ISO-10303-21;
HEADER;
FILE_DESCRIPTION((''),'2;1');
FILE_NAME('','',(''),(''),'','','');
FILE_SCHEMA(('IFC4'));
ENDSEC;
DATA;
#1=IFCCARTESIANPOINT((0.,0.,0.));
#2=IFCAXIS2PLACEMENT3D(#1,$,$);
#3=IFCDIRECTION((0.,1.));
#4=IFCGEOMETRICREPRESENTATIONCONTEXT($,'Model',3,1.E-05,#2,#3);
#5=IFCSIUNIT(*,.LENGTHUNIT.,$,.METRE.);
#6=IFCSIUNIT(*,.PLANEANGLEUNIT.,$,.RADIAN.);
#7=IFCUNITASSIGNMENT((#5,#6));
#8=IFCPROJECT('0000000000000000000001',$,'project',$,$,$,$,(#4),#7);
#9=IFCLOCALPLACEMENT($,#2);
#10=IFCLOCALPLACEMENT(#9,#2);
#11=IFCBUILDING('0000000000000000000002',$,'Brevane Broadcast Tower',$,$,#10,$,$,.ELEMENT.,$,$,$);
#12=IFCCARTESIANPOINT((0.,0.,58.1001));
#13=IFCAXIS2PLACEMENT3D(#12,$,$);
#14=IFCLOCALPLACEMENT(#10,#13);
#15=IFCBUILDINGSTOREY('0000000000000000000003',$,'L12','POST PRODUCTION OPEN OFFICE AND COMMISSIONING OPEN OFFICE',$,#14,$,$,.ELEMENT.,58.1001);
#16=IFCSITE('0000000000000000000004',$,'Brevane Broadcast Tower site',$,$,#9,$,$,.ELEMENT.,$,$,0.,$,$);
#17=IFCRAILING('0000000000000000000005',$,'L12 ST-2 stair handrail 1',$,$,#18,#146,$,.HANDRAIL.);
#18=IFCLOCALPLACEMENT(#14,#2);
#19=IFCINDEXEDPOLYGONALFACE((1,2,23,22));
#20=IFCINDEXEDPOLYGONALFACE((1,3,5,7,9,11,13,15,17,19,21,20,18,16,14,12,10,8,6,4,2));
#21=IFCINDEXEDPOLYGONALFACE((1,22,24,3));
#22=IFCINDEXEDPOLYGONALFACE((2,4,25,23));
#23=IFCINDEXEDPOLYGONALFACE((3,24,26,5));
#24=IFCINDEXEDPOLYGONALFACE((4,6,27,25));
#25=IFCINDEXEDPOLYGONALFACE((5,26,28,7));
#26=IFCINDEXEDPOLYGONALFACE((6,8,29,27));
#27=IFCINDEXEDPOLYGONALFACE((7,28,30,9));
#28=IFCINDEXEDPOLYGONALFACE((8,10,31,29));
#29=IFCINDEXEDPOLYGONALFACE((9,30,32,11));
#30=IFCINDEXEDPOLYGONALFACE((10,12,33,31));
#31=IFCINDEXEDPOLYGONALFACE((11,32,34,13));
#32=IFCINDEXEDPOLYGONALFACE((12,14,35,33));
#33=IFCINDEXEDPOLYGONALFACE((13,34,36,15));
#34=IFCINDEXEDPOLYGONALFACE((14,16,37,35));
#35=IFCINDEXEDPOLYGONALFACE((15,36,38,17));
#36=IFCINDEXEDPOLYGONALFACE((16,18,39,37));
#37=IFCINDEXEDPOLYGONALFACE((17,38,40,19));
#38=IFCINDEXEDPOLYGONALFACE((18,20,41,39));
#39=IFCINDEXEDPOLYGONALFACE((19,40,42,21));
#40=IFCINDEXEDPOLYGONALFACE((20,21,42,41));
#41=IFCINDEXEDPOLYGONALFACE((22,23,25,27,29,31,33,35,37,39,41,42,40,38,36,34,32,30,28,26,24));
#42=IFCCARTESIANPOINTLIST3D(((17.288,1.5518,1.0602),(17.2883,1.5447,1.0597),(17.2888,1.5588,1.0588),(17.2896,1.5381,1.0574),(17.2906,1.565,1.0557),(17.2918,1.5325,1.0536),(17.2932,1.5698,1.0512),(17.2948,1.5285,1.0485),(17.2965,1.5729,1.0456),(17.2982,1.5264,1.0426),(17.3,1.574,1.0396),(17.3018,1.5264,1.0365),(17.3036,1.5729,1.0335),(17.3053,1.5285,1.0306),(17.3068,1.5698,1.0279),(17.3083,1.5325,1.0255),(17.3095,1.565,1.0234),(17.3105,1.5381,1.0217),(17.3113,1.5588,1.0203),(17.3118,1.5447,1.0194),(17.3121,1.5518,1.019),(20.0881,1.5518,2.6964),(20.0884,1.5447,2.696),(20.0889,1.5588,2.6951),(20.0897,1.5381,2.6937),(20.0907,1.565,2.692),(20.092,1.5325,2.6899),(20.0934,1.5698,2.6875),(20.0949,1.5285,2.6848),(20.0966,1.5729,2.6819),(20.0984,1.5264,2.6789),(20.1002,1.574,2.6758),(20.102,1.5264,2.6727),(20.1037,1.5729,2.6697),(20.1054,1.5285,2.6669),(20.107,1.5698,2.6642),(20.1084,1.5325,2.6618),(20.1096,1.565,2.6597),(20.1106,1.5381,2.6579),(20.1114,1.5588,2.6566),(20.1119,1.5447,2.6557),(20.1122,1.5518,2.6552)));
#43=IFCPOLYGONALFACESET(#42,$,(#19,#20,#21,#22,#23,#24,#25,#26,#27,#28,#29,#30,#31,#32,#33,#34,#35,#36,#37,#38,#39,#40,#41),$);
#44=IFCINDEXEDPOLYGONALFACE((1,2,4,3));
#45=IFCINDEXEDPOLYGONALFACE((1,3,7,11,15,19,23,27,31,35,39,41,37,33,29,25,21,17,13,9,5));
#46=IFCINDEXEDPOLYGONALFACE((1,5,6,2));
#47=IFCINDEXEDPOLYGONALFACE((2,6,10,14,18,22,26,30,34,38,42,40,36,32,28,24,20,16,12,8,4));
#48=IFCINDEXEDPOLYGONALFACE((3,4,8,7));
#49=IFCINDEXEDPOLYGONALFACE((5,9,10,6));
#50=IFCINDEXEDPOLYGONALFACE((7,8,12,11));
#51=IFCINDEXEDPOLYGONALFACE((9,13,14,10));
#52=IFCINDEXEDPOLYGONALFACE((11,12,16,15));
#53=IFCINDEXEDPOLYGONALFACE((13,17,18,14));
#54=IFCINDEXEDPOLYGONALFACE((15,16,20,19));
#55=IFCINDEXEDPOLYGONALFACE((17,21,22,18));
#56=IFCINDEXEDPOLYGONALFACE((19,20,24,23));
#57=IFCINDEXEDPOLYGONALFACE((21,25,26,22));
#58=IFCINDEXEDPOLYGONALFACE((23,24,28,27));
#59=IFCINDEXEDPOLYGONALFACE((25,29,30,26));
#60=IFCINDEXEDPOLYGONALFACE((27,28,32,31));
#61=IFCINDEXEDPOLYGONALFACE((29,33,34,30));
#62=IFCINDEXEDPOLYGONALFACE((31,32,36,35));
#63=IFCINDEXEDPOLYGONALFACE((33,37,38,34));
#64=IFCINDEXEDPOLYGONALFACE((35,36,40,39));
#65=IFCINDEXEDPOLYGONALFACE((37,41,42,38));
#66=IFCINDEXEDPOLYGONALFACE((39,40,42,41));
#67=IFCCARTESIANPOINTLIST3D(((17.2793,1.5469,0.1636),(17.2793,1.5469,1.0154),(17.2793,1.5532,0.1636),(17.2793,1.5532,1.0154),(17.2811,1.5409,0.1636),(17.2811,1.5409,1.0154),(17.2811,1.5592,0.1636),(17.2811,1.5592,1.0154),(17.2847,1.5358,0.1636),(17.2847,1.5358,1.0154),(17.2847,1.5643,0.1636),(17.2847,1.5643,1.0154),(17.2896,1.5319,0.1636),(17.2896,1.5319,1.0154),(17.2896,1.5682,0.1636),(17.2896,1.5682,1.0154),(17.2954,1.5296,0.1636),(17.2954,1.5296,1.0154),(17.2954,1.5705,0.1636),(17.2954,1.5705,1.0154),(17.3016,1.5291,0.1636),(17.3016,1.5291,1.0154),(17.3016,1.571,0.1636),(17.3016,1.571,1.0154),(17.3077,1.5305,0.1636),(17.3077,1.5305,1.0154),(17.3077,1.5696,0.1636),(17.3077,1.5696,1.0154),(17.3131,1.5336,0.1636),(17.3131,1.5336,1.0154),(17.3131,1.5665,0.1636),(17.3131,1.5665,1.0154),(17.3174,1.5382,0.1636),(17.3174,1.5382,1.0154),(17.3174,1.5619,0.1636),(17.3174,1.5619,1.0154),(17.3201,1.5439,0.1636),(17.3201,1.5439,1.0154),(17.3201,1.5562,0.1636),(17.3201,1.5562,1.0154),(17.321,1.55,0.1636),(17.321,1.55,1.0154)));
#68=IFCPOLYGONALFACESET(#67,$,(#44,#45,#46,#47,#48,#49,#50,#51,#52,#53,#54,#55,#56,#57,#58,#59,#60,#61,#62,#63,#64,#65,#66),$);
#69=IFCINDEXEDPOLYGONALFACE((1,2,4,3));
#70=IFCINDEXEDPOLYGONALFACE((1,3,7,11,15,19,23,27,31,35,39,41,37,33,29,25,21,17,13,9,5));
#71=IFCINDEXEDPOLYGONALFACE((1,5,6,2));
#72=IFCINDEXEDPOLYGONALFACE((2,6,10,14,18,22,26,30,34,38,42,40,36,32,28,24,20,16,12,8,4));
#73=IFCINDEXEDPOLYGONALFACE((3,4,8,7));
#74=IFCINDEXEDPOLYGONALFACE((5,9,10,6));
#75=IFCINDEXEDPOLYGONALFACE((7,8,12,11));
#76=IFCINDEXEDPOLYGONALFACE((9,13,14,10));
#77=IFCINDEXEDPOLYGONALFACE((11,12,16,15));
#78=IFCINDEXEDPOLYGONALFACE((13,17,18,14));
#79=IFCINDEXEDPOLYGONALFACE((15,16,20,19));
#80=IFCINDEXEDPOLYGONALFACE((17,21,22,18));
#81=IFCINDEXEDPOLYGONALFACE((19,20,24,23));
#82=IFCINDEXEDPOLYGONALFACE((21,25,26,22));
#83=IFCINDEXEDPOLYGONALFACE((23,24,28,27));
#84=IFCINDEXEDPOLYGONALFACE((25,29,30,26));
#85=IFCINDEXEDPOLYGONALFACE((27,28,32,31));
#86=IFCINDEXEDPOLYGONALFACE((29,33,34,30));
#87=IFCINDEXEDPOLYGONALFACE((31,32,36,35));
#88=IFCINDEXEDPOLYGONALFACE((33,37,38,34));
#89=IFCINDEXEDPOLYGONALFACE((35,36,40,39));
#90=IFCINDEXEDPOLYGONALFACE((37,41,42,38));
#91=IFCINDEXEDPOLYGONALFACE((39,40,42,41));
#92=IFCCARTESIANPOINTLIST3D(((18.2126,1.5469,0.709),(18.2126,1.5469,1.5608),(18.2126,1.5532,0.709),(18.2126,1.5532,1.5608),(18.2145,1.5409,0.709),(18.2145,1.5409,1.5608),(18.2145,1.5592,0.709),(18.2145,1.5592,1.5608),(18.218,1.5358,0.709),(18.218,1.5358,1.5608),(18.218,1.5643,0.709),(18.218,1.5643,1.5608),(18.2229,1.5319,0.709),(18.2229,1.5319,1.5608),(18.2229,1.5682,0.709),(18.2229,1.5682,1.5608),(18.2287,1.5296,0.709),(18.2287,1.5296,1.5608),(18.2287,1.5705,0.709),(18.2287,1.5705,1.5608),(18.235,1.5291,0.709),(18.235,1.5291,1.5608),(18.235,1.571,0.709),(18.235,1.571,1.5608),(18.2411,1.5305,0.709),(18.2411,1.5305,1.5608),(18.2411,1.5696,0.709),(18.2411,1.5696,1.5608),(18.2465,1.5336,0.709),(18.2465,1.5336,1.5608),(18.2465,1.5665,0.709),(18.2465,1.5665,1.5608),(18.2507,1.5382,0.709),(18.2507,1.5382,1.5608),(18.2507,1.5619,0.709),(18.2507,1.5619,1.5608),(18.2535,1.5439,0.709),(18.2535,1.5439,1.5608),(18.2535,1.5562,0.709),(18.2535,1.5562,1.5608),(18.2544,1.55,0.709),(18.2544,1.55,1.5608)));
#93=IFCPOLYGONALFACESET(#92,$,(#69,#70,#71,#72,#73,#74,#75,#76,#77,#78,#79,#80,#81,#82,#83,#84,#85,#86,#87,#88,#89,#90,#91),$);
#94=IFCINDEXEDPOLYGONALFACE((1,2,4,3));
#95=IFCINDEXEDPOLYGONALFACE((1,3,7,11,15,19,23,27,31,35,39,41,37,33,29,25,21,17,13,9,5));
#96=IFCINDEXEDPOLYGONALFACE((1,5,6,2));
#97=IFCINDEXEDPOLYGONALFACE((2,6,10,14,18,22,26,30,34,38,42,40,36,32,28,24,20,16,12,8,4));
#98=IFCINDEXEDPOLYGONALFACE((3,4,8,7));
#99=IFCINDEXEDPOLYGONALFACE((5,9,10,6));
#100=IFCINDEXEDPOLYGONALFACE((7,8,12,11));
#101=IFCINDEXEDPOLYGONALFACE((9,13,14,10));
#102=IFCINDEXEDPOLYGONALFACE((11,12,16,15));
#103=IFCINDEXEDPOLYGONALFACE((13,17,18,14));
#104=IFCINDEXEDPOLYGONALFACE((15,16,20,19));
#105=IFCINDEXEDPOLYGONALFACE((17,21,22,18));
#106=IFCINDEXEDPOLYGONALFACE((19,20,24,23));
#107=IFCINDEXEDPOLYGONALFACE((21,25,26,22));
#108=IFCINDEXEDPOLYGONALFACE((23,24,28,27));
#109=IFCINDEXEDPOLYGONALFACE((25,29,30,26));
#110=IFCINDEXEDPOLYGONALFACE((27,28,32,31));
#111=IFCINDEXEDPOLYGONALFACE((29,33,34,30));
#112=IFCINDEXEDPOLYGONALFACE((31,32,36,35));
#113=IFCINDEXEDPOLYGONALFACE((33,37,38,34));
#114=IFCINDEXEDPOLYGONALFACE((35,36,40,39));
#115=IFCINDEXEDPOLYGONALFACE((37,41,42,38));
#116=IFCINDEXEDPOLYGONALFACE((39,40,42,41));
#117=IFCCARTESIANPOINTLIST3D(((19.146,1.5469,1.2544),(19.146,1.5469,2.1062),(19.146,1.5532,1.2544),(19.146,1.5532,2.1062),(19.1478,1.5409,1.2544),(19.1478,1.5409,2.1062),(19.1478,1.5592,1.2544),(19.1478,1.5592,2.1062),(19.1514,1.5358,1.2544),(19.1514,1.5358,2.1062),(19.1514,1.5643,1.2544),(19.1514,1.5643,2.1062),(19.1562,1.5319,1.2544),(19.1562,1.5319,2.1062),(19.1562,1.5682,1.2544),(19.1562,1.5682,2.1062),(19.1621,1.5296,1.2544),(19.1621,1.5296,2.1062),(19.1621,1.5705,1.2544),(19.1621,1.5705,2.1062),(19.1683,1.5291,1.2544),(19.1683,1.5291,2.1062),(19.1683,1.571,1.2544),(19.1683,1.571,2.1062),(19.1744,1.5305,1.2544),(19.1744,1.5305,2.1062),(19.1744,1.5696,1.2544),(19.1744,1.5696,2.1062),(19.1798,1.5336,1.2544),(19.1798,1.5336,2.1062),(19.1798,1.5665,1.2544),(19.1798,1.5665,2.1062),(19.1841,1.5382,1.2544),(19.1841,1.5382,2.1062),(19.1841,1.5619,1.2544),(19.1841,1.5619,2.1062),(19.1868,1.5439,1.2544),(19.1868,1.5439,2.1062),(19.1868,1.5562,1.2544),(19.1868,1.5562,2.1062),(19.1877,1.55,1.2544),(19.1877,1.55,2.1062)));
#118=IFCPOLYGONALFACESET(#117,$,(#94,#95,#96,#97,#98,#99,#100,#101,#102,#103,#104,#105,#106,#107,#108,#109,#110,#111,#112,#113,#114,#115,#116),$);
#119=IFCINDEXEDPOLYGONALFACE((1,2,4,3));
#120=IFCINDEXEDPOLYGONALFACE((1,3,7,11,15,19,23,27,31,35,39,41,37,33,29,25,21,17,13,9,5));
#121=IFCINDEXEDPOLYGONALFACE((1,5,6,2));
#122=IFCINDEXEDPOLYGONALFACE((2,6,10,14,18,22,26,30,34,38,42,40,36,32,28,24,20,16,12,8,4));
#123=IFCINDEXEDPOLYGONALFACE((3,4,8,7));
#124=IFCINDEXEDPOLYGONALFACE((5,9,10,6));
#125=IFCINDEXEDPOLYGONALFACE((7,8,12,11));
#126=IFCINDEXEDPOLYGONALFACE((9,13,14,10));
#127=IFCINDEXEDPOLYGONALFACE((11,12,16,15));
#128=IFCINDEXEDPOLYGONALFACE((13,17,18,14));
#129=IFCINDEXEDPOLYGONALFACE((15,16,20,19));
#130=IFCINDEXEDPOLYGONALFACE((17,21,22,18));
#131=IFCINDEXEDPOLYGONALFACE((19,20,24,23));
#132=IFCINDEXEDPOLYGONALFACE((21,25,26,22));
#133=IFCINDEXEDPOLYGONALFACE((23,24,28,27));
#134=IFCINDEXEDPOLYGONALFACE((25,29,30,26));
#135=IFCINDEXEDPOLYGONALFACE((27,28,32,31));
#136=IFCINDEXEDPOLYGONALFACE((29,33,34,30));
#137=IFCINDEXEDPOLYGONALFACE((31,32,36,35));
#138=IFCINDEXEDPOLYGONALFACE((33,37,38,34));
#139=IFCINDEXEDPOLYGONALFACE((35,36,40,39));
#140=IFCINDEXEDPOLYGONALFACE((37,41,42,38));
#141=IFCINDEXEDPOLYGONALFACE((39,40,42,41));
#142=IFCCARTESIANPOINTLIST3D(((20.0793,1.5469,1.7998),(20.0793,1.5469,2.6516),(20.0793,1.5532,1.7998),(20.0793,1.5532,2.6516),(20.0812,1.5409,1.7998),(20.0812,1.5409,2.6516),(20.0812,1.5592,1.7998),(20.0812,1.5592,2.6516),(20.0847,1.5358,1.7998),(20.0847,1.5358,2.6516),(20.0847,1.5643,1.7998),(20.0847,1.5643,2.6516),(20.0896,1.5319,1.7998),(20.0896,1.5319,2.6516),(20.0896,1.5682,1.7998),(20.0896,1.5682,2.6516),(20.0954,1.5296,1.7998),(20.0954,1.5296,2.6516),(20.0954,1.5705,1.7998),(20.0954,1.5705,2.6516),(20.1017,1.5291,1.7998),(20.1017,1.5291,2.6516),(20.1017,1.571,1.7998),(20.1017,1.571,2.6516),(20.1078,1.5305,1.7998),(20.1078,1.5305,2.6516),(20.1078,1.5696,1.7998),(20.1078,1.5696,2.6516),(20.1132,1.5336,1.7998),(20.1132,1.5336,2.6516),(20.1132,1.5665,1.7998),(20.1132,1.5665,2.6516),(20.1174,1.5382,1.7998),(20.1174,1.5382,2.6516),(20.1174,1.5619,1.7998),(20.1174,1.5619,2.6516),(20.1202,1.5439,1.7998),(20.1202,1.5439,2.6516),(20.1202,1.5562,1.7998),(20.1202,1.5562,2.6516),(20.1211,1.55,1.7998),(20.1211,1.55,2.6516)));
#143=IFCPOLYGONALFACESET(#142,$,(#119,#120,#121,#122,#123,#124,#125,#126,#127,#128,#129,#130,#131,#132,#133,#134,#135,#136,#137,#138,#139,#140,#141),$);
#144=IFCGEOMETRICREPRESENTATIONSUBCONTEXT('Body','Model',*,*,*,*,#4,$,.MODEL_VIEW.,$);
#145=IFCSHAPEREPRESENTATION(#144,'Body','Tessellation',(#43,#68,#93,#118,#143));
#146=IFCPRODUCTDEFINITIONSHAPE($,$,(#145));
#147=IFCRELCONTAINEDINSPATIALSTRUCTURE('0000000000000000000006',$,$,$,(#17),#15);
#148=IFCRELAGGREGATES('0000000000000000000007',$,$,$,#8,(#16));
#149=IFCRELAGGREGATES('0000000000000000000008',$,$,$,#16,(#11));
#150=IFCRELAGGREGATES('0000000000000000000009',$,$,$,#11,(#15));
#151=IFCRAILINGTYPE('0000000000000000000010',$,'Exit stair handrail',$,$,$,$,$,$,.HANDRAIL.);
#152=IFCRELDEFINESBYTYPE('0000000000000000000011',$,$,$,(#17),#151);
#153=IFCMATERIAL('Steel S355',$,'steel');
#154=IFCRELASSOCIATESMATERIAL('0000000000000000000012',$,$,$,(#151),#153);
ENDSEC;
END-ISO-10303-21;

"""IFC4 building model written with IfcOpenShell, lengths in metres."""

from ifc_helpers import new_model, si_unit, direction, frame, origin, origin_2d, place, context, subcontext, project, spatial, circle, extrude, material, type_object, element, save


model = new_model("IFC4")

# Units and contexts
model_context = context("Model", 3, precision=1e-05, world=origin(), true_north=direction((0.0, 1.0)))
body_context = subcontext(model_context, "Body", "Model", "MODEL_VIEW")
ifc_project = project(units=[si_unit("LENGTHUNIT", "METRE"), si_unit("PLANEANGLEUNIT", "RADIAN")], contexts=[model_context])

# Site, building, storey
site_placement = place(None, origin())
site = spatial("IfcSite", under=ifc_project, at=site_placement, Name="Brevane Broadcast Tower site", CompositionType="ELEMENT", RefElevation=0.0)
building_placement = place(site_placement, origin())
building = spatial("IfcBuilding", under=site, at=building_placement, Name="Brevane Broadcast Tower", CompositionType="ELEMENT")
storey_placement = place(building_placement, frame((0.0, 0.0, 58.1001)))
storey = spatial("IfcBuildingStorey", under=building, at=storey_placement, Name="L12", Description="POST PRODUCTION OPEN OFFICE AND COMMISSIONING OPEN OFFICE", CompositionType="ELEMENT", Elevation=58.1001)

# Railing
ifc_material_1 = material(Name="Steel S355", Category="steel")
railing_type_1 = type_object("IfcRailingType", Name="Exit stair handrail", PredefinedType="HANDRAIL", material=ifc_material_1)
railing_1_placement = place(storey_placement, frame((17.3, 1.55, 0.1636)))
element("IfcRailing", 1, at=railing_1_placement, inside=storey, type_object=railing_type_1, Name="L12 ST-2 stair handrail 1", PredefinedType="HANDRAIL", context=body_context, shape_type="SweptSolid", body=[
    extrude(circle(Radius=0.0239, at=origin_2d()), frame((0.0, 0.0, 0.876), z_axis=(0.863394, 0.0, 0.504531), x_axis=(0.0, 1.0, 0.0)), (0.0, 0.0, 1.0), 3.2432),
    extrude(circle(Radius=0.021, at=origin_2d()), origin(), (0.0, 0.0, 1.0), 0.8518),
    extrude(circle(Radius=0.021, at=origin_2d()), frame((0.9333, 0.0, 0.5454)), (0.0, 0.0, 1.0), 0.8518),
    extrude(circle(Radius=0.021, at=origin_2d()), frame((1.8667, 0.0, 1.0908)), (0.0, 0.0, 1.0), 0.8518),
    extrude(circle(Radius=0.021, at=origin_2d()), frame((2.8, 0.0, 1.6362)), (0.0, 0.0, 1.0), 0.8518),
])

save(model, "model.ifc")
